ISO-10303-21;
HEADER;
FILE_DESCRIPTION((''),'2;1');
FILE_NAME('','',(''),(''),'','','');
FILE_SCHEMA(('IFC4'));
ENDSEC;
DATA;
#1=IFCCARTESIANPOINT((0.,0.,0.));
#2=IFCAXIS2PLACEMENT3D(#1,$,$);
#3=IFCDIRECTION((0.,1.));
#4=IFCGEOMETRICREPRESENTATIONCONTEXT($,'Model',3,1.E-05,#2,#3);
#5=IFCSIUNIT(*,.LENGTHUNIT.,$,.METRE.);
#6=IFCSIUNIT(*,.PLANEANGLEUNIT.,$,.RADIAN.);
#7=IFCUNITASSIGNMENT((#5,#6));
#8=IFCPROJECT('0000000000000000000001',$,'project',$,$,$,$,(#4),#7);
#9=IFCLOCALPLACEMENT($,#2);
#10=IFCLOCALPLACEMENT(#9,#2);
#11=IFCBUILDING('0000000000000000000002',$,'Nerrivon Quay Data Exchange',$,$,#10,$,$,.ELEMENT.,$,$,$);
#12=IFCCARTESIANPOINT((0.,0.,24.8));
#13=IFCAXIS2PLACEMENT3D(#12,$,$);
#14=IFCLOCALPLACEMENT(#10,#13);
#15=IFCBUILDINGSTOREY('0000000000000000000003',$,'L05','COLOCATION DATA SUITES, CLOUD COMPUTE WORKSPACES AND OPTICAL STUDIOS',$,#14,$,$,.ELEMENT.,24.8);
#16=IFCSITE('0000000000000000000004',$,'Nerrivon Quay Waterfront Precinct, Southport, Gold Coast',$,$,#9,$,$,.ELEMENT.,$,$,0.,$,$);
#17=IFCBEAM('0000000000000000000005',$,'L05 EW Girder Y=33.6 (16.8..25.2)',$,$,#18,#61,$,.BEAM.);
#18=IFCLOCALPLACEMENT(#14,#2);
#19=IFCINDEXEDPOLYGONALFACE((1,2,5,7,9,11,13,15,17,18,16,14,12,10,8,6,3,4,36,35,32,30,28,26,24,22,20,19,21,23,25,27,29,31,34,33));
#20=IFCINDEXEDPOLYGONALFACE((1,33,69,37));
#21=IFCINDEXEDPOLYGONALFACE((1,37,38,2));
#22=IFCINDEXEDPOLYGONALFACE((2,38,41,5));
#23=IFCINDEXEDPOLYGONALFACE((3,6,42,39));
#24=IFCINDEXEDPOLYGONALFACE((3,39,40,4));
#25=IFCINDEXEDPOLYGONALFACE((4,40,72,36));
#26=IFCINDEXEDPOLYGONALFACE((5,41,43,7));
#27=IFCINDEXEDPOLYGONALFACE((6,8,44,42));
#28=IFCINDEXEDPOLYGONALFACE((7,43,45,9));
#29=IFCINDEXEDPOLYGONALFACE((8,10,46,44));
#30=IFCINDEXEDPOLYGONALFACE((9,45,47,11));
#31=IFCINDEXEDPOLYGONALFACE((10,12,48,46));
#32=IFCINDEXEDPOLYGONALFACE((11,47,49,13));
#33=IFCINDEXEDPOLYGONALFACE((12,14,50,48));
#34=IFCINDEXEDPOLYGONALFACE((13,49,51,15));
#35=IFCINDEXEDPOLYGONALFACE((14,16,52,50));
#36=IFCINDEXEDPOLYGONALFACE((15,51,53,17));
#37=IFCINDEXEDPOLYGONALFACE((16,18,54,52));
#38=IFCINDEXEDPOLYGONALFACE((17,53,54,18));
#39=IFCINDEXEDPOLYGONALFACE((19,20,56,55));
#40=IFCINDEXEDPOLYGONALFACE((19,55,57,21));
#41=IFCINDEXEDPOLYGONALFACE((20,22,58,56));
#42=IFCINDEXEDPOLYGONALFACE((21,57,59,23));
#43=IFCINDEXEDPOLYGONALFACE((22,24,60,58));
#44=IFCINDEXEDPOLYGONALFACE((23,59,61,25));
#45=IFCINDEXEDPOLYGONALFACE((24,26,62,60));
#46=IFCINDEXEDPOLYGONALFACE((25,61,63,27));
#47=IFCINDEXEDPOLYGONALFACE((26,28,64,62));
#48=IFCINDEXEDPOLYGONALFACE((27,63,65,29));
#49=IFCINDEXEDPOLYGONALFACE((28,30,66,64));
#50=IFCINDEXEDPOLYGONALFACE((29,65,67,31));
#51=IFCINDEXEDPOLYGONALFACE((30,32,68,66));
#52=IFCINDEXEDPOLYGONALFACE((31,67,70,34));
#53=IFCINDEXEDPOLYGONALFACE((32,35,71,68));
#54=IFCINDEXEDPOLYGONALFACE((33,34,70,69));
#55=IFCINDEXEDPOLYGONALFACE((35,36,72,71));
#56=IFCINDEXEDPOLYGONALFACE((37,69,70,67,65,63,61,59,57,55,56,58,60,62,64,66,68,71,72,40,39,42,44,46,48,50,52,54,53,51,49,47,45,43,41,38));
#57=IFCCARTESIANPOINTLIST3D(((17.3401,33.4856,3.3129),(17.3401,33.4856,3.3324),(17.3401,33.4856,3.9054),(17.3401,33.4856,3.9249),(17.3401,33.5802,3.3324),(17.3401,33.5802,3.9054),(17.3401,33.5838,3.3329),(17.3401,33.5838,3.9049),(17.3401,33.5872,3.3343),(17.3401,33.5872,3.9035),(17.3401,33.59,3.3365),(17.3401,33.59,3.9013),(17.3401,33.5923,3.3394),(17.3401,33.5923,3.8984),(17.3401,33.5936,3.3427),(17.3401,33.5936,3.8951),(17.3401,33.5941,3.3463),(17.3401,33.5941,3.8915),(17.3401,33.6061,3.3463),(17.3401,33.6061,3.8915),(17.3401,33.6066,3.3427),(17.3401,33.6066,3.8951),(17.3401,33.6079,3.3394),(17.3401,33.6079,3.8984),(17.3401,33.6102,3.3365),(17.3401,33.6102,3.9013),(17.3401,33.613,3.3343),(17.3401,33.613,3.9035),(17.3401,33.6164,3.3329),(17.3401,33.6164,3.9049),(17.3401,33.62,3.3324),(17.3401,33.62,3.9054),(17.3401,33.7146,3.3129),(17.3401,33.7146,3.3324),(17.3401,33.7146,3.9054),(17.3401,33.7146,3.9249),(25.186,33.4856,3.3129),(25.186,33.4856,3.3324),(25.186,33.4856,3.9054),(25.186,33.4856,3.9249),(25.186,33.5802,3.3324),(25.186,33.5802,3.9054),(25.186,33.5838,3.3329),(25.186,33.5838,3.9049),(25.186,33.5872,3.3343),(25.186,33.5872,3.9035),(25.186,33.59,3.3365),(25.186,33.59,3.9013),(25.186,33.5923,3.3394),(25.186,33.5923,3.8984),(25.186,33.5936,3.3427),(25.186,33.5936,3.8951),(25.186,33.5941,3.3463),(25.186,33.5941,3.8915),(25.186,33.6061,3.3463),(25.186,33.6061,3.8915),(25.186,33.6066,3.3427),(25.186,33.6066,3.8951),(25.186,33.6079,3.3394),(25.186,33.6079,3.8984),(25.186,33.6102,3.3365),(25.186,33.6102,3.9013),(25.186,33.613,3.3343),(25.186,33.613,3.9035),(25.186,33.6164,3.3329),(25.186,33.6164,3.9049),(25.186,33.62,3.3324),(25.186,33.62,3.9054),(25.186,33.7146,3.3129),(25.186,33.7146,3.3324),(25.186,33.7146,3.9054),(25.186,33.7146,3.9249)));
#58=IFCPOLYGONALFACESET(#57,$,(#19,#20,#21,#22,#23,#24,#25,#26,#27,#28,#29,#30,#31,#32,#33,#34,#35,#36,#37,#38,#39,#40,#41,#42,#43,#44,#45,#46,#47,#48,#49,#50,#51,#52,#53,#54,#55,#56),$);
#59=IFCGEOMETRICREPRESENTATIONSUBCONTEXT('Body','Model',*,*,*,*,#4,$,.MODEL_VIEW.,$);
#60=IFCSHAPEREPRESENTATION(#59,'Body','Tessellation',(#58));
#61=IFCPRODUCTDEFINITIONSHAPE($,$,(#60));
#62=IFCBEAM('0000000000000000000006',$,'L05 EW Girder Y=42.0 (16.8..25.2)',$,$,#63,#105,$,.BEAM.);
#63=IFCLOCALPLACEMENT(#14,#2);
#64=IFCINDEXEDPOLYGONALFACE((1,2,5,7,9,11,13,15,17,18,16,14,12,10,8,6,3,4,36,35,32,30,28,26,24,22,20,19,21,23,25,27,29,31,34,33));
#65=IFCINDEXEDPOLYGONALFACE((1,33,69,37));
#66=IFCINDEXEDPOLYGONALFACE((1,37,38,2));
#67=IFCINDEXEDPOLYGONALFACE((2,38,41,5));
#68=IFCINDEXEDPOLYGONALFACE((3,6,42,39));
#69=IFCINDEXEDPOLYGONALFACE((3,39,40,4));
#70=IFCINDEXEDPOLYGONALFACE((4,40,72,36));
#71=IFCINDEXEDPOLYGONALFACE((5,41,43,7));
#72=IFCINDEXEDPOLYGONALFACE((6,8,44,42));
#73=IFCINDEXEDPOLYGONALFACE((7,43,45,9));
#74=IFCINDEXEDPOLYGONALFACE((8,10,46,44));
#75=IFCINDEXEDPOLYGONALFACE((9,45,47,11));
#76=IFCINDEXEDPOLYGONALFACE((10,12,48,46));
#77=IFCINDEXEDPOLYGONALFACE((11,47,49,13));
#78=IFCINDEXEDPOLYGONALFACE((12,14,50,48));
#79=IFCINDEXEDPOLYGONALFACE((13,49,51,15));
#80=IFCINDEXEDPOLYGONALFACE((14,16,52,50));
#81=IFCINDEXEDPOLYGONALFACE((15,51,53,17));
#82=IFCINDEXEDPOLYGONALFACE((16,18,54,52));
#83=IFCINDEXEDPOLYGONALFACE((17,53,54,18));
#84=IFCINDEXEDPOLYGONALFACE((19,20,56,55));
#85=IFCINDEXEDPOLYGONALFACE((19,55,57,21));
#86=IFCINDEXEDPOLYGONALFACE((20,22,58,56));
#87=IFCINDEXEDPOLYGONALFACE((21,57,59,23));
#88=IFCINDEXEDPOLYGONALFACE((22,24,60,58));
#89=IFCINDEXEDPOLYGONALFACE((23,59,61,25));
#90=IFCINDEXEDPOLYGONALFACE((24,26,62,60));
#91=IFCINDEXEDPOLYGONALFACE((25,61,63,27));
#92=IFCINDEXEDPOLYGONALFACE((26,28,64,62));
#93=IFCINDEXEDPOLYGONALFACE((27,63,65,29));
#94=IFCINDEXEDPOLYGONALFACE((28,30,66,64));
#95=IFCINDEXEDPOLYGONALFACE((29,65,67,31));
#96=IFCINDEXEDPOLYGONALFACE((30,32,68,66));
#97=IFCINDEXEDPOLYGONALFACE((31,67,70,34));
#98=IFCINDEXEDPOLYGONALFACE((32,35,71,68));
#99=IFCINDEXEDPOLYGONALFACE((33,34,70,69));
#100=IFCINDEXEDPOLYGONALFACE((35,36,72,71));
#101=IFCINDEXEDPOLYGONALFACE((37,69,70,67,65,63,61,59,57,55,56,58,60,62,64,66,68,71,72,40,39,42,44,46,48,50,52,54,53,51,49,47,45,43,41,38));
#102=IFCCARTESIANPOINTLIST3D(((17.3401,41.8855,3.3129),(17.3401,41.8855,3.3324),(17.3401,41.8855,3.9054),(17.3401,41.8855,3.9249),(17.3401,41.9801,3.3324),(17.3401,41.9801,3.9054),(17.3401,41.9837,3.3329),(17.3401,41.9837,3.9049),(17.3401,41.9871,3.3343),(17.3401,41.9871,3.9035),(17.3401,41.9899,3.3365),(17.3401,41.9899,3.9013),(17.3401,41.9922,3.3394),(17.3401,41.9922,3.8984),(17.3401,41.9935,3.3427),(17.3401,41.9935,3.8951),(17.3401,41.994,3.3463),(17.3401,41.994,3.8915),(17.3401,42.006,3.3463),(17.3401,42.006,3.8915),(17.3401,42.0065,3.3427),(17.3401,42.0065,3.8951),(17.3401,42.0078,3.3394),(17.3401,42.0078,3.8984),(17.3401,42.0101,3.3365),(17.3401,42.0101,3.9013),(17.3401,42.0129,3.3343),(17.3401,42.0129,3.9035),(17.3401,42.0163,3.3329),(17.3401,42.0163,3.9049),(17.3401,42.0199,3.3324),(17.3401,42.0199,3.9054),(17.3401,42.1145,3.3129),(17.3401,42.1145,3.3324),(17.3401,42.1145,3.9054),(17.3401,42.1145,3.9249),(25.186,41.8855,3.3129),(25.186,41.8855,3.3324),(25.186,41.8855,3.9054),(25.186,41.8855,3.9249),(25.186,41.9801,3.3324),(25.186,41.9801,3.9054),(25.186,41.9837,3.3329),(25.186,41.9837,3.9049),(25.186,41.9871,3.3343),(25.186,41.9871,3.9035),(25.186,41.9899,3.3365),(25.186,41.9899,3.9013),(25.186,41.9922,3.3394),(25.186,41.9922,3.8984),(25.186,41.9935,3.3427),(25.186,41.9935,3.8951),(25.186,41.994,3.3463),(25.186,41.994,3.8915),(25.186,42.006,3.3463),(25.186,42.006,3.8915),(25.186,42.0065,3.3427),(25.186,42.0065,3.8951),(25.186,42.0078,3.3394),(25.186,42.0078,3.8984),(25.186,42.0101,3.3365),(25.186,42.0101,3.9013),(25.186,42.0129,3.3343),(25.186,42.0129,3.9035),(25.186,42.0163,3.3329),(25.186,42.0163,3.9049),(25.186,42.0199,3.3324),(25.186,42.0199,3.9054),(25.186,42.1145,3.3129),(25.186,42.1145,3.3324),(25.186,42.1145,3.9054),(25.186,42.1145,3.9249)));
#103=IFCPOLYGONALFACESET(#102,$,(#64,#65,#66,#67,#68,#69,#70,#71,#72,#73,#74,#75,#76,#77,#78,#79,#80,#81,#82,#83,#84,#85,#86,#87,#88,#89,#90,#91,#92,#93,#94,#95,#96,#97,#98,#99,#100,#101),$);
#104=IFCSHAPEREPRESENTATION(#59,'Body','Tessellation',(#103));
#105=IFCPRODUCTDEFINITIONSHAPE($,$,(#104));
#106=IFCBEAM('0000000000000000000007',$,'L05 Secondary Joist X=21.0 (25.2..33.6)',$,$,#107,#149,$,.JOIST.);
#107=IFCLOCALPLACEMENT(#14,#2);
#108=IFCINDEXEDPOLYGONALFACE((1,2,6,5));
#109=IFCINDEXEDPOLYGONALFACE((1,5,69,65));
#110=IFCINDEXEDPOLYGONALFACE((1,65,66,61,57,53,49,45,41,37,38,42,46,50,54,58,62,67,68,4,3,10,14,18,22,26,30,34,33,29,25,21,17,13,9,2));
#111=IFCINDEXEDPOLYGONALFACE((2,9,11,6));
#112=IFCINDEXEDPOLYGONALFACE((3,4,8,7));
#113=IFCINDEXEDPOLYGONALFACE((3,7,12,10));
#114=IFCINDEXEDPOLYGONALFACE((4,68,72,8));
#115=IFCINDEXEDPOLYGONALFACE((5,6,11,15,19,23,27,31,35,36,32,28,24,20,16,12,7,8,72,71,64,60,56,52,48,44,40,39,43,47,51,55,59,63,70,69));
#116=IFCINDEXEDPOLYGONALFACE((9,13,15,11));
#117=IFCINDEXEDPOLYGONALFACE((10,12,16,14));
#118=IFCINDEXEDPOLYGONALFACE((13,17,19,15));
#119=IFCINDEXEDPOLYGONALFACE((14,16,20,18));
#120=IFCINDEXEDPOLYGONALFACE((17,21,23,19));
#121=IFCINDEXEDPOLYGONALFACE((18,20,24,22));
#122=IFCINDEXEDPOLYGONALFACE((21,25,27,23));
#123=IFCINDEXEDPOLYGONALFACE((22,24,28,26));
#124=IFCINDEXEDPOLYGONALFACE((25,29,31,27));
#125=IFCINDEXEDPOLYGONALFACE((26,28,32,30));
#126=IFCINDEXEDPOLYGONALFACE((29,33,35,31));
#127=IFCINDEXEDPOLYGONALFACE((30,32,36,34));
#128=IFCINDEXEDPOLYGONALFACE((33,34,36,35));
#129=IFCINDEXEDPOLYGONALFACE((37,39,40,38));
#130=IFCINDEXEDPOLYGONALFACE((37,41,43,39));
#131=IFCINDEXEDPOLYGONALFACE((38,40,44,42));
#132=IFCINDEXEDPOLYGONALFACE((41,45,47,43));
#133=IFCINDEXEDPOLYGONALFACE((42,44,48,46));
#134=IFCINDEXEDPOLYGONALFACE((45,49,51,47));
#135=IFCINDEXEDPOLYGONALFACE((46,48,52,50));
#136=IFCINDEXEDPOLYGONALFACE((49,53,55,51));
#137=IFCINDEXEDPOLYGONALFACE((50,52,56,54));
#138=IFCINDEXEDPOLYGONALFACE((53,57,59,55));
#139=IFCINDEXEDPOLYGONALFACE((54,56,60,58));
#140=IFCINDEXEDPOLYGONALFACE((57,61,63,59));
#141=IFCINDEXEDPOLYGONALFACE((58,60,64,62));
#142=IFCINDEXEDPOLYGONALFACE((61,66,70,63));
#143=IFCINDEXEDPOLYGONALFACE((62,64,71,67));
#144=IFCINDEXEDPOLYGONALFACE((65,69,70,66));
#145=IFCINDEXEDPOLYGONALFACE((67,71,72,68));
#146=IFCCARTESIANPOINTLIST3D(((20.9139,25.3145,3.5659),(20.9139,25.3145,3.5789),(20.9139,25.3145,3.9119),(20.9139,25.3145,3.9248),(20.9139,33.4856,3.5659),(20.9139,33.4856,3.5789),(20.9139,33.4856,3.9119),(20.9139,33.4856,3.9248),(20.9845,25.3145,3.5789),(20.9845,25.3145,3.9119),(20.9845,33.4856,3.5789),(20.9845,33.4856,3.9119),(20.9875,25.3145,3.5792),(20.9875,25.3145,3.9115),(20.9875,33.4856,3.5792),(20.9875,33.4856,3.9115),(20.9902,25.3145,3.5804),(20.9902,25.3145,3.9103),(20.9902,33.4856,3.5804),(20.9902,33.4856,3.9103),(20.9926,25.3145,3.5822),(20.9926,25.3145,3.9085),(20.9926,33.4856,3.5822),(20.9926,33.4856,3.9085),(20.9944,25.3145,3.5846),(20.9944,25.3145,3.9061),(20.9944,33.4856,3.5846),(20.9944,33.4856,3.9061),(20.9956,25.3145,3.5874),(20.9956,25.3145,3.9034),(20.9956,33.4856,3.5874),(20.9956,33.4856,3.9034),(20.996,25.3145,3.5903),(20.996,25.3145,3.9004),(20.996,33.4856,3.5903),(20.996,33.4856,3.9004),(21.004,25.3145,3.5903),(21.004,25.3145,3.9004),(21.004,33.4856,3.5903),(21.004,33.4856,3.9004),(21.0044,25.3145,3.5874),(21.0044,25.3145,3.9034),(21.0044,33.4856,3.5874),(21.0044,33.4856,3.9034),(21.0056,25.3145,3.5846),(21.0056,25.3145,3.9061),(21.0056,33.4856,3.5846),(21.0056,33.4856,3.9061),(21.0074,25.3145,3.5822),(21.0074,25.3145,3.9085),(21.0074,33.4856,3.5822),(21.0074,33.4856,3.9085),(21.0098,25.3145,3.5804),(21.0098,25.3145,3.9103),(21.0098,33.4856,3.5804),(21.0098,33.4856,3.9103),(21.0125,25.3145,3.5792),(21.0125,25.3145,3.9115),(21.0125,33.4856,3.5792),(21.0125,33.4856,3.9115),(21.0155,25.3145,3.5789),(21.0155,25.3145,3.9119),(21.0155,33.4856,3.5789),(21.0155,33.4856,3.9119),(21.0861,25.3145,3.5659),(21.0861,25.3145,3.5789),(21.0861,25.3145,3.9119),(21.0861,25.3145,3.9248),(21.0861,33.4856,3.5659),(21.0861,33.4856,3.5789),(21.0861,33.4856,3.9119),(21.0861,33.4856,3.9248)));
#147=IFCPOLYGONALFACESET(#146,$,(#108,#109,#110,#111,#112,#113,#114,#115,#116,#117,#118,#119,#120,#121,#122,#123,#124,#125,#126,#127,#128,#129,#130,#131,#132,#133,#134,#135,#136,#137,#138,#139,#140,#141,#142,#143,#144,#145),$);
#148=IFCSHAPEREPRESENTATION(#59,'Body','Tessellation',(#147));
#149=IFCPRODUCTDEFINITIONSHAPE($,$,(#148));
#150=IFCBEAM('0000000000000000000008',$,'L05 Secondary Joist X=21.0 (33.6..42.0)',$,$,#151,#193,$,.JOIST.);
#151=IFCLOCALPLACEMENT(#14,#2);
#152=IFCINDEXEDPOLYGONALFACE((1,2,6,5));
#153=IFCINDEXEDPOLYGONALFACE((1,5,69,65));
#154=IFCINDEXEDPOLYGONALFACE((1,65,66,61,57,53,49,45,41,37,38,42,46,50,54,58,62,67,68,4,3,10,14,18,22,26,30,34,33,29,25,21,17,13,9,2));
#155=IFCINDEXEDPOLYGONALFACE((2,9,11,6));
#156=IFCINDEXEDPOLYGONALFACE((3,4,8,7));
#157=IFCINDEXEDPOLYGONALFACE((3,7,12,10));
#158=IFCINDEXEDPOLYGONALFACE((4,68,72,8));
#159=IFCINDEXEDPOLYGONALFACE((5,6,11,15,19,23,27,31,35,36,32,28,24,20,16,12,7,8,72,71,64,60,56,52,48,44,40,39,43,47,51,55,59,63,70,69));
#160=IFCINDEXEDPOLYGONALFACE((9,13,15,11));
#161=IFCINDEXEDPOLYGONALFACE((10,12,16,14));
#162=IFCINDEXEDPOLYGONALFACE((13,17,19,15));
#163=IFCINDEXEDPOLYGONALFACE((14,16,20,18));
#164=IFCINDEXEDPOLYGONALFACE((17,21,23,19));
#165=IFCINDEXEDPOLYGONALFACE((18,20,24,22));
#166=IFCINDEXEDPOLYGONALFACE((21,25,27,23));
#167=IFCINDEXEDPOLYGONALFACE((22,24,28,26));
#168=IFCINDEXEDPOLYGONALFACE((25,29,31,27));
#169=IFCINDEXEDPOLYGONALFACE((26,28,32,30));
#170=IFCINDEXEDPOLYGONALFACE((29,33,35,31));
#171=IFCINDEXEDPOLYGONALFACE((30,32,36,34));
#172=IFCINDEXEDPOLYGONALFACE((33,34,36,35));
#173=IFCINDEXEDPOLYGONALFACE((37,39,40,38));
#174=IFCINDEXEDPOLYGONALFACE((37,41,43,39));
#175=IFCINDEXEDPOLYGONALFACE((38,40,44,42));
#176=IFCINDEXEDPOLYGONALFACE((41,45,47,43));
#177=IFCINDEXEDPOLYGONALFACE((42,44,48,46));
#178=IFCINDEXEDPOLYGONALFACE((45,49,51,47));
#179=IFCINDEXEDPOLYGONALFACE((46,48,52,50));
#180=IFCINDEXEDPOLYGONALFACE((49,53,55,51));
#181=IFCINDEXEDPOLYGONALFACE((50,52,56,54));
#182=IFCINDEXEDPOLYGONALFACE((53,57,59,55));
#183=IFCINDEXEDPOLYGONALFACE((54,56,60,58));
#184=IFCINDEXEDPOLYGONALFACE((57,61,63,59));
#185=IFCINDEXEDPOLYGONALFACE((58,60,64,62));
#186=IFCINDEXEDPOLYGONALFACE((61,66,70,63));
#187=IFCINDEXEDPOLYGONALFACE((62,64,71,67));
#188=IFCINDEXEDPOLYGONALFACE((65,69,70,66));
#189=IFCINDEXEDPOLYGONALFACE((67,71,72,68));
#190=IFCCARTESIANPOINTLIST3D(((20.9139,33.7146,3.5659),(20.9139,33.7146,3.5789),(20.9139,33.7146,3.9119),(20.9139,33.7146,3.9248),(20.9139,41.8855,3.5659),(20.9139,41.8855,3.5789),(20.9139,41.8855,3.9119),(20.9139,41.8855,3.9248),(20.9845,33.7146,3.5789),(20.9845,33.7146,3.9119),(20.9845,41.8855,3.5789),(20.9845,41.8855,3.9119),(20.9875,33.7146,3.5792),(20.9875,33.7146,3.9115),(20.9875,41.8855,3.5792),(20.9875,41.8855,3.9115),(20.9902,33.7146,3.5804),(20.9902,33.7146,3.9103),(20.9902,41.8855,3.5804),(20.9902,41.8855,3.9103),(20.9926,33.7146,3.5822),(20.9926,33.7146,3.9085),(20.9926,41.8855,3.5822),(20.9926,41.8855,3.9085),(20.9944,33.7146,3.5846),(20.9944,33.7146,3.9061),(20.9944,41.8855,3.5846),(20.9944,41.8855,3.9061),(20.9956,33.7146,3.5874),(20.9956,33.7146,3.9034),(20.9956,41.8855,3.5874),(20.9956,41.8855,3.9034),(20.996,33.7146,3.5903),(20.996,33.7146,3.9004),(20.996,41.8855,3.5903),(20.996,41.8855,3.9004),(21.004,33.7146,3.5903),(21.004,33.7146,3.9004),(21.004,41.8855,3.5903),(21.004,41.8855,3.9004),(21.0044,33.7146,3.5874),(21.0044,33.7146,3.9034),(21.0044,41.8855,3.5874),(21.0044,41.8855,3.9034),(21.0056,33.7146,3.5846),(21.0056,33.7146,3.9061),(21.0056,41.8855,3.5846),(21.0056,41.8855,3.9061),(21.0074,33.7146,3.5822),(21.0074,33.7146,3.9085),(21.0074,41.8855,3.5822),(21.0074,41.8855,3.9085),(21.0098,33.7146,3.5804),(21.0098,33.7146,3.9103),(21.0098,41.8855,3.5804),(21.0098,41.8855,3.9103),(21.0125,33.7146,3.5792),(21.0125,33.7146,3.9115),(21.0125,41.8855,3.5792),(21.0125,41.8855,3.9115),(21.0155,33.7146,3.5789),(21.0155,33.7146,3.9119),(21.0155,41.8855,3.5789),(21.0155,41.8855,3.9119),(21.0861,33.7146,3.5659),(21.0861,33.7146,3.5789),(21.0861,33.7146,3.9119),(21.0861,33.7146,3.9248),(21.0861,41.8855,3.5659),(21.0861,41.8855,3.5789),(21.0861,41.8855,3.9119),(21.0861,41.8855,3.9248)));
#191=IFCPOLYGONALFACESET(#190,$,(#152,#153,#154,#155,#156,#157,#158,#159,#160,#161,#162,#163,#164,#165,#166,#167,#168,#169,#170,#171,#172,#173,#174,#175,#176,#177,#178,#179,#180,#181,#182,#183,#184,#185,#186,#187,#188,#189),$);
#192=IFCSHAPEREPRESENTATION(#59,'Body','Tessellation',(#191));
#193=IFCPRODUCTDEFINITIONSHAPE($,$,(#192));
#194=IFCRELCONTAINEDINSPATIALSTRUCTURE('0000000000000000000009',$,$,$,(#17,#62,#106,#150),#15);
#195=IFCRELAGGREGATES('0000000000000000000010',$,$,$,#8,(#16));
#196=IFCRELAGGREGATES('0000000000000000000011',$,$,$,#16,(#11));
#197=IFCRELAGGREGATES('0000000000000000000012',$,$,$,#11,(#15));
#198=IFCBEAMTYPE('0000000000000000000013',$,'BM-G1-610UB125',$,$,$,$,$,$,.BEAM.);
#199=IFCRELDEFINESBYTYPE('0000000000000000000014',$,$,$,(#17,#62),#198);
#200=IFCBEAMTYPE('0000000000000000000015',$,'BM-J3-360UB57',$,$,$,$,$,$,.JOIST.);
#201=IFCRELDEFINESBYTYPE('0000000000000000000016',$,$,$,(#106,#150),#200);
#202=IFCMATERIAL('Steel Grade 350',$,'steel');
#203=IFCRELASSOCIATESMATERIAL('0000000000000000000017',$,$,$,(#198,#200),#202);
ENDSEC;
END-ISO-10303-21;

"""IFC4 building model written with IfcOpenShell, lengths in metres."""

from ifc_helpers import new_model, si_unit, direction, frame, origin, origin_2d, place, context, subcontext, project, spatial, i_section, extrude, material, material_profile, profile_set, type_object, element, save


model = new_model("IFC4")

# Units and contexts
model_context = context("Model", 3, precision=1e-05, world=origin(), true_north=direction((0.0, 1.0)))
body_context = subcontext(model_context, "Body", "Model", "MODEL_VIEW")
ifc_project = project(units=[si_unit("LENGTHUNIT", "METRE"), si_unit("PLANEANGLEUNIT", "RADIAN")], contexts=[model_context])

# Site, building, storey
site_placement = place(None, origin())
site = spatial("IfcSite", under=ifc_project, at=site_placement, Name="Nerrivon Quay Waterfront Precinct, Southport, Gold Coast", CompositionType="ELEMENT", RefElevation=0.0)
building_placement = place(site_placement, origin())
building = spatial("IfcBuilding", under=site, at=building_placement, Name="Nerrivon Quay Data Exchange", CompositionType="ELEMENT")
storey_placement = place(building_placement, frame((0.0, 0.0, 24.8)))
storey = spatial("IfcBuildingStorey", under=building, at=storey_placement, Name="L05", Description="COLOCATION DATA SUITES, CLOUD COMPUTE WORKSPACES AND OPTICAL STUDIOS", CompositionType="ELEMENT", Elevation=24.8)

# Beams
ifc_material_1 = material(Name="Steel Grade 350", Category="steel")
ifc_material_profile_1 = material_profile(ifc_material_1, i_section(OverallWidth=0.229, OverallDepth=0.6121, WebThickness=0.012, FlangeThickness=0.0195, FilletRadius=0.0139, at=origin_2d()), Name="610UB125")
ifc_profile_set_1 = profile_set([ifc_material_profile_1], Name="Steel Grade 350")
beam_type_1 = type_object("IfcBeamType", Name="BM-G1-610UB125", PredefinedType="BEAM", material=ifc_profile_set_1)
for number, where, z_axis, x_axis, name in (
    (1, (17.3401, 33.6001, 3.6189), (1.0, 0.0, 0.0), (0.0, 1.0, 0.0), "L05 EW Girder Y=33.6 (16.8..25.2)"),
    (2, (17.3401, 42.0, 3.6189), (1.0, 0.0, 0.0), (0.0, 1.0, 0.0), "L05 EW Girder Y=42.0 (16.8..25.2)"),
):
    element("IfcBeam", number, at=place(storey_placement, frame(where, z_axis=z_axis, x_axis=x_axis)), inside=storey, type_object=beam_type_1, Name=name, PredefinedType="BEAM", context=body_context, shape_type="SweptSolid", body=[
        extrude(i_section(OverallWidth=0.229, OverallDepth=0.6121, WebThickness=0.012, FlangeThickness=0.0195, FilletRadius=0.0139, at=origin_2d()), origin(), (0.0, 0.0, 1.0), 7.8459),
    ])
ifc_material_profile_2 = material_profile(ifc_material_1, i_section(OverallWidth=0.1721, OverallDepth=0.3589, WebThickness=0.0081, FlangeThickness=0.0129, FilletRadius=0.0115, at=origin_2d()), Name="360UB56.7")
ifc_profile_set_2 = profile_set([ifc_material_profile_2], Name="Steel Grade 350")
beam_type_2 = type_object("IfcBeamType", Name="BM-J3-360UB57", PredefinedType="JOIST", material=ifc_profile_set_2)
beam_1_placement = place(storey_placement, frame((21.0, 25.3145, 3.7454), z_axis=(0.0, 1.0, 0.0), x_axis=(-1.0, 0.0, 0.0)))
element("IfcBeam", 3, at=beam_1_placement, inside=storey, type_object=beam_type_2, Name="L05 Secondary Joist X=21.0 (25.2..33.6)", PredefinedType="JOIST", context=body_context, shape_type="SweptSolid", body=[
    extrude(i_section(OverallWidth=0.1721, OverallDepth=0.3589, WebThickness=0.0081, FlangeThickness=0.0129, FilletRadius=0.0115, at=origin_2d()), origin(), (0.0, 0.0, 1.0), 8.1711),
])
beam_2_placement = place(storey_placement, frame((21.0, 33.7146, 3.7454), z_axis=(0.0, 1.0, 0.0), x_axis=(-1.0, 0.0, 0.0)))
element("IfcBeam", 4, at=beam_2_placement, inside=storey, type_object=beam_type_2, Name="L05 Secondary Joist X=21.0 (33.6..42.0)", PredefinedType="JOIST", context=body_context, shape_type="SweptSolid", body=[
    extrude(i_section(OverallWidth=0.1721, OverallDepth=0.3589, WebThickness=0.0081, FlangeThickness=0.0129, FilletRadius=0.0115, at=origin_2d()), origin(), (0.0, 0.0, 1.0), 8.1709),
])

save(model, "model.ifc")
